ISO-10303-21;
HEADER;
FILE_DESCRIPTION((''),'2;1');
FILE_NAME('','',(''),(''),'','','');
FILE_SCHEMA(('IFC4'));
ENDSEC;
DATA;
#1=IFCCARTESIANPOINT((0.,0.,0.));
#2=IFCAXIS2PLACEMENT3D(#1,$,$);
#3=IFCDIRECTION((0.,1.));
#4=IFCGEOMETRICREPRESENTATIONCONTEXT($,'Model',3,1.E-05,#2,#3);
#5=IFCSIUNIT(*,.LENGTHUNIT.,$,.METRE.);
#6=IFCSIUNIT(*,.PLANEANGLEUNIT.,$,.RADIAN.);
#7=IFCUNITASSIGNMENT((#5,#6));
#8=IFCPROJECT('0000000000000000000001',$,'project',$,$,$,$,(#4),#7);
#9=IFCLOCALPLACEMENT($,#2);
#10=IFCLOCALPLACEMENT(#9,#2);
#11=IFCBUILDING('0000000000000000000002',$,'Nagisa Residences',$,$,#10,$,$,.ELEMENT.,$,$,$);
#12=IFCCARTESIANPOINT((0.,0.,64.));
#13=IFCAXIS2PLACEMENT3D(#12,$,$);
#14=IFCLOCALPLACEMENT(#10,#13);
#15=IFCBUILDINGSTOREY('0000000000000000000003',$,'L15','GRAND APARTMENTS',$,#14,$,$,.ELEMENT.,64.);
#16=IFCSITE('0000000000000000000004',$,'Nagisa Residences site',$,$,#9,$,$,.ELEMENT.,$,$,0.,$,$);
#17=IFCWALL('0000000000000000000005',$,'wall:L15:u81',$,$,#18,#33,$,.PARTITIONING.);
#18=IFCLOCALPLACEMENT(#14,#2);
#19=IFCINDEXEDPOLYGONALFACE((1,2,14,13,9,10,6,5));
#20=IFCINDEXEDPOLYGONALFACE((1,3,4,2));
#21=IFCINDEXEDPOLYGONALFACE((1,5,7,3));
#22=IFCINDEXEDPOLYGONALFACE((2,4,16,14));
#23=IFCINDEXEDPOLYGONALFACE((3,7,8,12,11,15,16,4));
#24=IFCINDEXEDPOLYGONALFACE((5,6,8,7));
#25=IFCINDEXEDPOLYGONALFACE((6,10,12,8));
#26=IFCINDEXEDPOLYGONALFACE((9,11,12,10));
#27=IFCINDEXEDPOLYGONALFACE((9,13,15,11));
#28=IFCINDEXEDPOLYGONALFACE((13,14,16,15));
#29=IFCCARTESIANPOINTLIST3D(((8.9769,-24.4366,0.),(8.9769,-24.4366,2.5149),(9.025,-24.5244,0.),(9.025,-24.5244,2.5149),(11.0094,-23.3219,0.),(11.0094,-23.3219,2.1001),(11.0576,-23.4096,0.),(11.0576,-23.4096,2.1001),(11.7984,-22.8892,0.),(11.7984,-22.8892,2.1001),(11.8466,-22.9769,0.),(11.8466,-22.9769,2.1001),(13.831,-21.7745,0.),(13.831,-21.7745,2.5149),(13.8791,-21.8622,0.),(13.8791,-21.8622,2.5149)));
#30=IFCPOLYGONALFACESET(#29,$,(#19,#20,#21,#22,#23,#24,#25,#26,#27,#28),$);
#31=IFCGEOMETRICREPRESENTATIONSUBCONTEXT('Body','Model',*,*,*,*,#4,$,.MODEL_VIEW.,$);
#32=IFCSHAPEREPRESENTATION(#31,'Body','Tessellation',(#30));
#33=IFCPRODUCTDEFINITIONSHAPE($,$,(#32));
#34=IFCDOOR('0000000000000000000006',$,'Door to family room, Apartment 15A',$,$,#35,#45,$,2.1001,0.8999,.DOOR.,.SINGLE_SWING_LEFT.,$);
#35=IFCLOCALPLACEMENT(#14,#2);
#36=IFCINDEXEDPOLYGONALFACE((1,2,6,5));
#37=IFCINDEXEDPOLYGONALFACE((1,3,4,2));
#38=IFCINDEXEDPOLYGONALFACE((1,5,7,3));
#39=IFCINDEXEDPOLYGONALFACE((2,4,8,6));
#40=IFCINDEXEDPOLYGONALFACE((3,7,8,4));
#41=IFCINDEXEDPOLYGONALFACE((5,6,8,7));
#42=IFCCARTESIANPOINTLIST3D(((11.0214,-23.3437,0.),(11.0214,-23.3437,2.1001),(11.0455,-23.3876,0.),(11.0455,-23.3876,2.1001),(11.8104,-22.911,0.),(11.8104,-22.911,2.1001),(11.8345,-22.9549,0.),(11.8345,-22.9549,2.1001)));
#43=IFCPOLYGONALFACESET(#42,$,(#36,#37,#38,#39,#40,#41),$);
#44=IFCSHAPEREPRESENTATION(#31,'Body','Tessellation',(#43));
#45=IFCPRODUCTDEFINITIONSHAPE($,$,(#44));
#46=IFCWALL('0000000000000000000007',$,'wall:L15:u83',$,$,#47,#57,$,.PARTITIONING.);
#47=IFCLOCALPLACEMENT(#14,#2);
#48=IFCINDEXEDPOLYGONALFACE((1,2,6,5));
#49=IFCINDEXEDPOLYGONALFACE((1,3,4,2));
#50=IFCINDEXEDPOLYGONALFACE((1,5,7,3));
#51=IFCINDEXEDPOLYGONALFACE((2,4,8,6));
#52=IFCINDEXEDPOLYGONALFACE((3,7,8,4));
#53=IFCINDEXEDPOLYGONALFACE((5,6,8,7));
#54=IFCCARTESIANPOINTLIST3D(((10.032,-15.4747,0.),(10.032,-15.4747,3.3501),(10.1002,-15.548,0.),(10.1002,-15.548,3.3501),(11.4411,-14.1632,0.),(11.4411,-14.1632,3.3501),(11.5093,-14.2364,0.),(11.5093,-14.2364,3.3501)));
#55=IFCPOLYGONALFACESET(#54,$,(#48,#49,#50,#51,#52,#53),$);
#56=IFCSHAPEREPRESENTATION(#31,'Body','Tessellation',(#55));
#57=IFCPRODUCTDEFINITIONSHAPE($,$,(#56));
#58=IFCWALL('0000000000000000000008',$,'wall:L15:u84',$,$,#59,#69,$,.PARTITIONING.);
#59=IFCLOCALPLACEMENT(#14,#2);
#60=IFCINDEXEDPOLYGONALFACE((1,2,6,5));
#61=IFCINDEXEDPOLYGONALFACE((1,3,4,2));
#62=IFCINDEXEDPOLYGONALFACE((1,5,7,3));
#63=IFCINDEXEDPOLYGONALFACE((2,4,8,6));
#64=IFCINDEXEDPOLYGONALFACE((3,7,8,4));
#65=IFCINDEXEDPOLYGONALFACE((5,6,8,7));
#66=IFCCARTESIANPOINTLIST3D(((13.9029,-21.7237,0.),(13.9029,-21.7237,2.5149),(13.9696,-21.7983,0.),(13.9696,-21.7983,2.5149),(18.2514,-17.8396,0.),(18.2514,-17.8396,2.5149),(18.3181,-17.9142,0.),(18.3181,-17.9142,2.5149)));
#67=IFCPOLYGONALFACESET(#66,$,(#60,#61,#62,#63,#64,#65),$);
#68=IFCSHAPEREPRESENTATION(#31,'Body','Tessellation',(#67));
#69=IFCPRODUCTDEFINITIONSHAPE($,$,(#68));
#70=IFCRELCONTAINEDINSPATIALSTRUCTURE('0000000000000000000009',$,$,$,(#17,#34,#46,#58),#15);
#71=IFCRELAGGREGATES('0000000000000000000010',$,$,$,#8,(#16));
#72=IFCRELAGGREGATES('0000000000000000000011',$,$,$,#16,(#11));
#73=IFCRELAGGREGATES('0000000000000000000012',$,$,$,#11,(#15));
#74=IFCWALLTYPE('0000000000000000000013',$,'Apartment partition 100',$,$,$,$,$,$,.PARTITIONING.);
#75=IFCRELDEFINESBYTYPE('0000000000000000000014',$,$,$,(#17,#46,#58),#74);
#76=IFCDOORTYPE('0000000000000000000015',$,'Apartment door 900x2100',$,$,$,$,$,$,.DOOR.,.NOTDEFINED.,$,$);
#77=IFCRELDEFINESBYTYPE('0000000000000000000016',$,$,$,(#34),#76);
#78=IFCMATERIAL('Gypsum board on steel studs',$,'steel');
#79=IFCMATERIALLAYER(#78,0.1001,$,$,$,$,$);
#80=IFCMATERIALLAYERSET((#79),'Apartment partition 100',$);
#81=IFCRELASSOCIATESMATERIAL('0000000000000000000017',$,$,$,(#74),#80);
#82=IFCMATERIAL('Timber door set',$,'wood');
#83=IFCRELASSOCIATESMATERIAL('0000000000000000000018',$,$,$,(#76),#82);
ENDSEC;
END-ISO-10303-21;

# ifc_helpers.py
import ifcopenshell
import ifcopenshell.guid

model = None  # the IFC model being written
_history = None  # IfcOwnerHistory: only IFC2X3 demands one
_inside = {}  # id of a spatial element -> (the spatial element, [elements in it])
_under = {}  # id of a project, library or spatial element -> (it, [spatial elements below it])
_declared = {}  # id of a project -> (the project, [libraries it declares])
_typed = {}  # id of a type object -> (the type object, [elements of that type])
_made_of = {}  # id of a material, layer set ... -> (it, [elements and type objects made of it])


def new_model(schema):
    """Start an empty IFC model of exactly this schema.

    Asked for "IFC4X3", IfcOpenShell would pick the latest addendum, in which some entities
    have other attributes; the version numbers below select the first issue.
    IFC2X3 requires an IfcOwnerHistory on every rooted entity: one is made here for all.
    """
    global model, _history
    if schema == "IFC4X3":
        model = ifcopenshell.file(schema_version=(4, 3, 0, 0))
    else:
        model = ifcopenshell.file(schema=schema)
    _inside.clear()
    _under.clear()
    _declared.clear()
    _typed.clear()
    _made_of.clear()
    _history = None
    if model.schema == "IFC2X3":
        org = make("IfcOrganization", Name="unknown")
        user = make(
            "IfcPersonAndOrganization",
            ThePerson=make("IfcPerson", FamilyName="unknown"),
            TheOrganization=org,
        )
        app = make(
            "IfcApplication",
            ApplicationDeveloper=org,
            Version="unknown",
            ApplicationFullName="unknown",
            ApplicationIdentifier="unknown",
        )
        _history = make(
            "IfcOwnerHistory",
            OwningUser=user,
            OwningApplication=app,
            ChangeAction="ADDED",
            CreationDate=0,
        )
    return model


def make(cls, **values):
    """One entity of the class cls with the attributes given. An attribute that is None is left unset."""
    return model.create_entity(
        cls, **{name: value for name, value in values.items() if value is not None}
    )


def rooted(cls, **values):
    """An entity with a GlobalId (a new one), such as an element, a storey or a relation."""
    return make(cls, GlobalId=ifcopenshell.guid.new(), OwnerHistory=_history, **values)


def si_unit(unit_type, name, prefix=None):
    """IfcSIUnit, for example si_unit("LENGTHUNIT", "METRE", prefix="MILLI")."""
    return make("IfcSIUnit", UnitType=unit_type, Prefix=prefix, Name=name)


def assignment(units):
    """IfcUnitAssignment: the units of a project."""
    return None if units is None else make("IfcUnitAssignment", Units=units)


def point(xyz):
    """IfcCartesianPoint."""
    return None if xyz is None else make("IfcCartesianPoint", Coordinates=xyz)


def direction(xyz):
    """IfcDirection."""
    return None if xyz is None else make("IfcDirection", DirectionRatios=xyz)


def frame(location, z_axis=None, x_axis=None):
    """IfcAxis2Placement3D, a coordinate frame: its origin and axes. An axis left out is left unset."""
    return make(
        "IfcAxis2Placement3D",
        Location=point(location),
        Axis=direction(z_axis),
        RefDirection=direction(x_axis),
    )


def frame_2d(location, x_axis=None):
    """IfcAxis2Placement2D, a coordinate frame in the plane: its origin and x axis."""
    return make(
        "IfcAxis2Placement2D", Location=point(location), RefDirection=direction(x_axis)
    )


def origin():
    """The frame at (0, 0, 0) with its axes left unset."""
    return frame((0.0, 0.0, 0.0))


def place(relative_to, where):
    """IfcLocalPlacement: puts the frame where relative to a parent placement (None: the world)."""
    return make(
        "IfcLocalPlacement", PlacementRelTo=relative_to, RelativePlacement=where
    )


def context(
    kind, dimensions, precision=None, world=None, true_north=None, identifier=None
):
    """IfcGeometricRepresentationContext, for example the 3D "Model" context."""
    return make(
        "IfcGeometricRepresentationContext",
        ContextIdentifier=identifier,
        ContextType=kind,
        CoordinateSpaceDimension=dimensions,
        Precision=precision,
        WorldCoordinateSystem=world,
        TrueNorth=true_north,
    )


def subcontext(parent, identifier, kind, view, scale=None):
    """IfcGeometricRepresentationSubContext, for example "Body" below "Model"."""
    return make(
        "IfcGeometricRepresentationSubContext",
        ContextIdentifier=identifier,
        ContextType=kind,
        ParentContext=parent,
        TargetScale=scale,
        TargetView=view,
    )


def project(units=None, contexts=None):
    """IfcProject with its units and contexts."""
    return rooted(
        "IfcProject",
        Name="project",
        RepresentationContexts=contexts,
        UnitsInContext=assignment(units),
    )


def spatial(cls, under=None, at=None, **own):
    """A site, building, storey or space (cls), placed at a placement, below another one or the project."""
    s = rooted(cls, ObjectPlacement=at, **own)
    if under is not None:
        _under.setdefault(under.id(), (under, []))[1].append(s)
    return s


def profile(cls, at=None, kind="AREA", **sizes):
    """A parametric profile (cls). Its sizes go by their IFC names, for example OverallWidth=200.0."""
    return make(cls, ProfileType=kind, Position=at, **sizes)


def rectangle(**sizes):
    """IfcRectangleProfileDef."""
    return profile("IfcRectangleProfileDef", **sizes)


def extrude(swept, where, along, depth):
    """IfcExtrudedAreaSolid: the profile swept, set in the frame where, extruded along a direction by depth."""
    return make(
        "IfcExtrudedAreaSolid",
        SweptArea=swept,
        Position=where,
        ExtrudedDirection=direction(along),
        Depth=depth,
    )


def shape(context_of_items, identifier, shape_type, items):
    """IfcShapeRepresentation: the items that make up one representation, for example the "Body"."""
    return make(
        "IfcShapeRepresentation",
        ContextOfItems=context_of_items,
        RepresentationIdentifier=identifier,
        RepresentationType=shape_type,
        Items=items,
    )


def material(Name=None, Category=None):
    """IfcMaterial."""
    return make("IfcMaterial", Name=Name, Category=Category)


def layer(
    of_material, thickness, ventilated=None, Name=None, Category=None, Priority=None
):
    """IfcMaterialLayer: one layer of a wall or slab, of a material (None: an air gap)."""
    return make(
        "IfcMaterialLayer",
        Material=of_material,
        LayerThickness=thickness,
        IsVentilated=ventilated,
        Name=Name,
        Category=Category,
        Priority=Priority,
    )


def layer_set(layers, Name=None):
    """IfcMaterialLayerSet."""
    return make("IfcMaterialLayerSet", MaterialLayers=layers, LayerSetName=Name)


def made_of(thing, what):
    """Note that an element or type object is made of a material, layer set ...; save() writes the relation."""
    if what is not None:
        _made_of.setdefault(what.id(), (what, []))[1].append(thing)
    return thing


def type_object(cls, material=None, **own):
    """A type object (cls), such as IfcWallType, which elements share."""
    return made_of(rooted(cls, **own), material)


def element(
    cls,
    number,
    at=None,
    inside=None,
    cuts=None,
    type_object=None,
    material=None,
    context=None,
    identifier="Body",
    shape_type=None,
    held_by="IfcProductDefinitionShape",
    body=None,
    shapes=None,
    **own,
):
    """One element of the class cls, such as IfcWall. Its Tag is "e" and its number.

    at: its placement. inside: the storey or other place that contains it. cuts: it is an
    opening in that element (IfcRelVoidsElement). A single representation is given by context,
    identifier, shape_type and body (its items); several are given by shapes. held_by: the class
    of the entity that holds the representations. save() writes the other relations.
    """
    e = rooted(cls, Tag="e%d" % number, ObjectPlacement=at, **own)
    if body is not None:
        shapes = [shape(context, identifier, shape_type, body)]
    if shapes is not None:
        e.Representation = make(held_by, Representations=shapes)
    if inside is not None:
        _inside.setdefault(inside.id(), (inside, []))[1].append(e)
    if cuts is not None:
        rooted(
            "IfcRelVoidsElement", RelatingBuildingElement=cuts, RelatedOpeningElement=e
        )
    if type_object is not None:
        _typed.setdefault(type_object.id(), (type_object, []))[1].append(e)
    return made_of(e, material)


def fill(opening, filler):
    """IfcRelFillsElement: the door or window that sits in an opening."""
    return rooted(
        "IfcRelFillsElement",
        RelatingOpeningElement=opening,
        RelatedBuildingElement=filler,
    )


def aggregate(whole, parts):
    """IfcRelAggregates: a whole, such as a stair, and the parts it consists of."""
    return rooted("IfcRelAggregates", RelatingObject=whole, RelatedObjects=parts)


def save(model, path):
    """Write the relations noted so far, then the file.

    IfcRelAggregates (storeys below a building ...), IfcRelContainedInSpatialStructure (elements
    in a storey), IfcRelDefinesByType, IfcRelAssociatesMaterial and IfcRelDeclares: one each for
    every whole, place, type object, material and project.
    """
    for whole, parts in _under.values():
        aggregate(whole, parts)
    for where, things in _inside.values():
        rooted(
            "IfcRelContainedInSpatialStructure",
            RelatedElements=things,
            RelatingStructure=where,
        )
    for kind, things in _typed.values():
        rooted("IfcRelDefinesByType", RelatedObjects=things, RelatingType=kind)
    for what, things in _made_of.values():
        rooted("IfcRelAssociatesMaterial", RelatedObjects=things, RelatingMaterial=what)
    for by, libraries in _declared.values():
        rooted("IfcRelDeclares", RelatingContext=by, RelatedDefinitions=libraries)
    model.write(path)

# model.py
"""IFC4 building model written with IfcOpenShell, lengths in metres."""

from ifc_helpers import new_model, si_unit, direction, frame, frame_2d, origin, place, context, subcontext, project, spatial, rectangle, extrude, material, layer, layer_set, type_object, element, fill, save


model = new_model("IFC4")

# Units and contexts
model_context = context("Model", 3, precision=1e-05, world=origin(), true_north=direction((0.0, 1.0)))
body_context = subcontext(model_context, "Body", "Model", "MODEL_VIEW")
ifc_project = project(units=[si_unit("LENGTHUNIT", "METRE"), si_unit("PLANEANGLEUNIT", "RADIAN")], contexts=[model_context])

# Site, building, storey
site_placement = place(None, origin())
site = spatial("IfcSite", under=ifc_project, at=site_placement, Name="Nagisa Residences site", CompositionType="ELEMENT", RefElevation=0.0)
building_placement = place(site_placement, origin())
building = spatial("IfcBuilding", under=site, at=building_placement, Name="Nagisa Residences", CompositionType="ELEMENT")
storey_placement = place(building_placement, frame((0.0, 0.0, 64.0)))
storey = spatial("IfcBuildingStorey", under=building, at=storey_placement, Name="L15", Description="GRAND APARTMENTS", CompositionType="ELEMENT", Elevation=64.0)

# Shared definitions
ifc_material_1 = material(Name="Gypsum board on steel studs", Category="steel")
ifc_layer_1 = layer(ifc_material_1, 0.1001)
ifc_layer_set_1 = layer_set([ifc_layer_1], Name="Apartment partition 100")
wall_type_1 = type_object("IfcWallType", Name="Apartment partition 100", PredefinedType="PARTITIONING", material=ifc_layer_set_1)
ifc_material_2 = material(Name="Timber door set", Category="wood")
door_type_1 = type_object("IfcDoorType", Name="Apartment door 900x2100", OperationType="NOTDEFINED", PredefinedType="DOOR", material=ifc_material_2)

# Wall, opening, door
wall_1_placement = place(storey_placement, frame((9.001, -24.4805, 0.0), z_axis=(0.0, 0.0, 1.0), x_axis=(0.876794, 0.480865, 0.0)))
wall_1 = element("IfcWall", 1, at=wall_1_placement, inside=storey, type_object=wall_type_1, Name="wall:L15:u81", PredefinedType="PARTITIONING", context=body_context, shape_type="SweptSolid", body=[
    extrude(rectangle(XDim=5.5361, YDim=0.1001, at=frame_2d((2.7681, 0.0))), origin(), (0.0, 0.0, 1.0), 2.5149),
])
opening_1_placement = place(wall_1_placement, frame((2.3181, 0.0, 0.0)))
opening_1 = element("IfcOpeningElement", 2, at=opening_1_placement, cuts=wall_1, PredefinedType="OPENING", context=body_context, shape_type="SweptSolid", body=[
    extrude(rectangle(XDim=0.8999, YDim=2.1001, at=frame_2d((0.45, 1.05))), frame((0.0, 0.0601, 0.0), z_axis=(0.0, -1.0, 0.0), x_axis=(1.0, 0.0, 0.0)), (0.0, 0.0, 1.0), 0.1201),
])
door_1_placement = place(opening_1_placement, frame((0.8999, 0.0, 0.0), x_axis=(-1.0, 0.0, 0.0)))
door_1 = element("IfcDoor", 3, at=door_1_placement, inside=storey, type_object=door_type_1, Name="Door to family room, Apartment 15A", OperationType="SINGLE_SWING_LEFT", OverallHeight=2.1001, OverallWidth=0.8999, PredefinedType="DOOR", context=body_context, shape_type="SweptSolid", body=[
    extrude(rectangle(XDim=0.8999, YDim=2.1001, at=frame_2d((0.45, 1.05))), frame((0.0, 0.0249, 0.0), z_axis=(0.0, -1.0, 0.0), x_axis=(1.0, 0.0, 0.0)), (0.0, 0.0, 1.0), 0.05),
])
fill(opening_1, door_1)

# Walls
wall_2_placement = place(storey_placement, frame((10.0662, -15.5112, 0.0), z_axis=(0.0, 0.0, 1.0), x_axis=(0.732016, 0.681287, 0.0)))
element("IfcWall", 4, at=wall_2_placement, inside=storey, type_object=wall_type_1, Name="wall:L15:u83", PredefinedType="PARTITIONING", context=body_context, shape_type="SweptSolid", body=[
    extrude(rectangle(XDim=1.925, YDim=0.1001, at=frame_2d((0.9624, 0.0))), origin(), (0.0, 0.0, 1.0), 3.3501),
])
wall_3_placement = place(storey_placement, frame((13.9363, -21.761, 0.0), z_axis=(0.0, 0.0, 1.0), x_axis=(0.745806, 0.666163, 0.0)))
element("IfcWall", 5, at=wall_3_placement, inside=storey, type_object=wall_type_1, Name="wall:L15:u84", PredefinedType="PARTITIONING", context=body_context, shape_type="SweptSolid", body=[
    extrude(rectangle(XDim=5.8306, YDim=0.1001, at=frame_2d((2.9153, 0.0))), origin(), (0.0, 0.0, 1.0), 2.5149),
])

save(model, "model.ifc")
